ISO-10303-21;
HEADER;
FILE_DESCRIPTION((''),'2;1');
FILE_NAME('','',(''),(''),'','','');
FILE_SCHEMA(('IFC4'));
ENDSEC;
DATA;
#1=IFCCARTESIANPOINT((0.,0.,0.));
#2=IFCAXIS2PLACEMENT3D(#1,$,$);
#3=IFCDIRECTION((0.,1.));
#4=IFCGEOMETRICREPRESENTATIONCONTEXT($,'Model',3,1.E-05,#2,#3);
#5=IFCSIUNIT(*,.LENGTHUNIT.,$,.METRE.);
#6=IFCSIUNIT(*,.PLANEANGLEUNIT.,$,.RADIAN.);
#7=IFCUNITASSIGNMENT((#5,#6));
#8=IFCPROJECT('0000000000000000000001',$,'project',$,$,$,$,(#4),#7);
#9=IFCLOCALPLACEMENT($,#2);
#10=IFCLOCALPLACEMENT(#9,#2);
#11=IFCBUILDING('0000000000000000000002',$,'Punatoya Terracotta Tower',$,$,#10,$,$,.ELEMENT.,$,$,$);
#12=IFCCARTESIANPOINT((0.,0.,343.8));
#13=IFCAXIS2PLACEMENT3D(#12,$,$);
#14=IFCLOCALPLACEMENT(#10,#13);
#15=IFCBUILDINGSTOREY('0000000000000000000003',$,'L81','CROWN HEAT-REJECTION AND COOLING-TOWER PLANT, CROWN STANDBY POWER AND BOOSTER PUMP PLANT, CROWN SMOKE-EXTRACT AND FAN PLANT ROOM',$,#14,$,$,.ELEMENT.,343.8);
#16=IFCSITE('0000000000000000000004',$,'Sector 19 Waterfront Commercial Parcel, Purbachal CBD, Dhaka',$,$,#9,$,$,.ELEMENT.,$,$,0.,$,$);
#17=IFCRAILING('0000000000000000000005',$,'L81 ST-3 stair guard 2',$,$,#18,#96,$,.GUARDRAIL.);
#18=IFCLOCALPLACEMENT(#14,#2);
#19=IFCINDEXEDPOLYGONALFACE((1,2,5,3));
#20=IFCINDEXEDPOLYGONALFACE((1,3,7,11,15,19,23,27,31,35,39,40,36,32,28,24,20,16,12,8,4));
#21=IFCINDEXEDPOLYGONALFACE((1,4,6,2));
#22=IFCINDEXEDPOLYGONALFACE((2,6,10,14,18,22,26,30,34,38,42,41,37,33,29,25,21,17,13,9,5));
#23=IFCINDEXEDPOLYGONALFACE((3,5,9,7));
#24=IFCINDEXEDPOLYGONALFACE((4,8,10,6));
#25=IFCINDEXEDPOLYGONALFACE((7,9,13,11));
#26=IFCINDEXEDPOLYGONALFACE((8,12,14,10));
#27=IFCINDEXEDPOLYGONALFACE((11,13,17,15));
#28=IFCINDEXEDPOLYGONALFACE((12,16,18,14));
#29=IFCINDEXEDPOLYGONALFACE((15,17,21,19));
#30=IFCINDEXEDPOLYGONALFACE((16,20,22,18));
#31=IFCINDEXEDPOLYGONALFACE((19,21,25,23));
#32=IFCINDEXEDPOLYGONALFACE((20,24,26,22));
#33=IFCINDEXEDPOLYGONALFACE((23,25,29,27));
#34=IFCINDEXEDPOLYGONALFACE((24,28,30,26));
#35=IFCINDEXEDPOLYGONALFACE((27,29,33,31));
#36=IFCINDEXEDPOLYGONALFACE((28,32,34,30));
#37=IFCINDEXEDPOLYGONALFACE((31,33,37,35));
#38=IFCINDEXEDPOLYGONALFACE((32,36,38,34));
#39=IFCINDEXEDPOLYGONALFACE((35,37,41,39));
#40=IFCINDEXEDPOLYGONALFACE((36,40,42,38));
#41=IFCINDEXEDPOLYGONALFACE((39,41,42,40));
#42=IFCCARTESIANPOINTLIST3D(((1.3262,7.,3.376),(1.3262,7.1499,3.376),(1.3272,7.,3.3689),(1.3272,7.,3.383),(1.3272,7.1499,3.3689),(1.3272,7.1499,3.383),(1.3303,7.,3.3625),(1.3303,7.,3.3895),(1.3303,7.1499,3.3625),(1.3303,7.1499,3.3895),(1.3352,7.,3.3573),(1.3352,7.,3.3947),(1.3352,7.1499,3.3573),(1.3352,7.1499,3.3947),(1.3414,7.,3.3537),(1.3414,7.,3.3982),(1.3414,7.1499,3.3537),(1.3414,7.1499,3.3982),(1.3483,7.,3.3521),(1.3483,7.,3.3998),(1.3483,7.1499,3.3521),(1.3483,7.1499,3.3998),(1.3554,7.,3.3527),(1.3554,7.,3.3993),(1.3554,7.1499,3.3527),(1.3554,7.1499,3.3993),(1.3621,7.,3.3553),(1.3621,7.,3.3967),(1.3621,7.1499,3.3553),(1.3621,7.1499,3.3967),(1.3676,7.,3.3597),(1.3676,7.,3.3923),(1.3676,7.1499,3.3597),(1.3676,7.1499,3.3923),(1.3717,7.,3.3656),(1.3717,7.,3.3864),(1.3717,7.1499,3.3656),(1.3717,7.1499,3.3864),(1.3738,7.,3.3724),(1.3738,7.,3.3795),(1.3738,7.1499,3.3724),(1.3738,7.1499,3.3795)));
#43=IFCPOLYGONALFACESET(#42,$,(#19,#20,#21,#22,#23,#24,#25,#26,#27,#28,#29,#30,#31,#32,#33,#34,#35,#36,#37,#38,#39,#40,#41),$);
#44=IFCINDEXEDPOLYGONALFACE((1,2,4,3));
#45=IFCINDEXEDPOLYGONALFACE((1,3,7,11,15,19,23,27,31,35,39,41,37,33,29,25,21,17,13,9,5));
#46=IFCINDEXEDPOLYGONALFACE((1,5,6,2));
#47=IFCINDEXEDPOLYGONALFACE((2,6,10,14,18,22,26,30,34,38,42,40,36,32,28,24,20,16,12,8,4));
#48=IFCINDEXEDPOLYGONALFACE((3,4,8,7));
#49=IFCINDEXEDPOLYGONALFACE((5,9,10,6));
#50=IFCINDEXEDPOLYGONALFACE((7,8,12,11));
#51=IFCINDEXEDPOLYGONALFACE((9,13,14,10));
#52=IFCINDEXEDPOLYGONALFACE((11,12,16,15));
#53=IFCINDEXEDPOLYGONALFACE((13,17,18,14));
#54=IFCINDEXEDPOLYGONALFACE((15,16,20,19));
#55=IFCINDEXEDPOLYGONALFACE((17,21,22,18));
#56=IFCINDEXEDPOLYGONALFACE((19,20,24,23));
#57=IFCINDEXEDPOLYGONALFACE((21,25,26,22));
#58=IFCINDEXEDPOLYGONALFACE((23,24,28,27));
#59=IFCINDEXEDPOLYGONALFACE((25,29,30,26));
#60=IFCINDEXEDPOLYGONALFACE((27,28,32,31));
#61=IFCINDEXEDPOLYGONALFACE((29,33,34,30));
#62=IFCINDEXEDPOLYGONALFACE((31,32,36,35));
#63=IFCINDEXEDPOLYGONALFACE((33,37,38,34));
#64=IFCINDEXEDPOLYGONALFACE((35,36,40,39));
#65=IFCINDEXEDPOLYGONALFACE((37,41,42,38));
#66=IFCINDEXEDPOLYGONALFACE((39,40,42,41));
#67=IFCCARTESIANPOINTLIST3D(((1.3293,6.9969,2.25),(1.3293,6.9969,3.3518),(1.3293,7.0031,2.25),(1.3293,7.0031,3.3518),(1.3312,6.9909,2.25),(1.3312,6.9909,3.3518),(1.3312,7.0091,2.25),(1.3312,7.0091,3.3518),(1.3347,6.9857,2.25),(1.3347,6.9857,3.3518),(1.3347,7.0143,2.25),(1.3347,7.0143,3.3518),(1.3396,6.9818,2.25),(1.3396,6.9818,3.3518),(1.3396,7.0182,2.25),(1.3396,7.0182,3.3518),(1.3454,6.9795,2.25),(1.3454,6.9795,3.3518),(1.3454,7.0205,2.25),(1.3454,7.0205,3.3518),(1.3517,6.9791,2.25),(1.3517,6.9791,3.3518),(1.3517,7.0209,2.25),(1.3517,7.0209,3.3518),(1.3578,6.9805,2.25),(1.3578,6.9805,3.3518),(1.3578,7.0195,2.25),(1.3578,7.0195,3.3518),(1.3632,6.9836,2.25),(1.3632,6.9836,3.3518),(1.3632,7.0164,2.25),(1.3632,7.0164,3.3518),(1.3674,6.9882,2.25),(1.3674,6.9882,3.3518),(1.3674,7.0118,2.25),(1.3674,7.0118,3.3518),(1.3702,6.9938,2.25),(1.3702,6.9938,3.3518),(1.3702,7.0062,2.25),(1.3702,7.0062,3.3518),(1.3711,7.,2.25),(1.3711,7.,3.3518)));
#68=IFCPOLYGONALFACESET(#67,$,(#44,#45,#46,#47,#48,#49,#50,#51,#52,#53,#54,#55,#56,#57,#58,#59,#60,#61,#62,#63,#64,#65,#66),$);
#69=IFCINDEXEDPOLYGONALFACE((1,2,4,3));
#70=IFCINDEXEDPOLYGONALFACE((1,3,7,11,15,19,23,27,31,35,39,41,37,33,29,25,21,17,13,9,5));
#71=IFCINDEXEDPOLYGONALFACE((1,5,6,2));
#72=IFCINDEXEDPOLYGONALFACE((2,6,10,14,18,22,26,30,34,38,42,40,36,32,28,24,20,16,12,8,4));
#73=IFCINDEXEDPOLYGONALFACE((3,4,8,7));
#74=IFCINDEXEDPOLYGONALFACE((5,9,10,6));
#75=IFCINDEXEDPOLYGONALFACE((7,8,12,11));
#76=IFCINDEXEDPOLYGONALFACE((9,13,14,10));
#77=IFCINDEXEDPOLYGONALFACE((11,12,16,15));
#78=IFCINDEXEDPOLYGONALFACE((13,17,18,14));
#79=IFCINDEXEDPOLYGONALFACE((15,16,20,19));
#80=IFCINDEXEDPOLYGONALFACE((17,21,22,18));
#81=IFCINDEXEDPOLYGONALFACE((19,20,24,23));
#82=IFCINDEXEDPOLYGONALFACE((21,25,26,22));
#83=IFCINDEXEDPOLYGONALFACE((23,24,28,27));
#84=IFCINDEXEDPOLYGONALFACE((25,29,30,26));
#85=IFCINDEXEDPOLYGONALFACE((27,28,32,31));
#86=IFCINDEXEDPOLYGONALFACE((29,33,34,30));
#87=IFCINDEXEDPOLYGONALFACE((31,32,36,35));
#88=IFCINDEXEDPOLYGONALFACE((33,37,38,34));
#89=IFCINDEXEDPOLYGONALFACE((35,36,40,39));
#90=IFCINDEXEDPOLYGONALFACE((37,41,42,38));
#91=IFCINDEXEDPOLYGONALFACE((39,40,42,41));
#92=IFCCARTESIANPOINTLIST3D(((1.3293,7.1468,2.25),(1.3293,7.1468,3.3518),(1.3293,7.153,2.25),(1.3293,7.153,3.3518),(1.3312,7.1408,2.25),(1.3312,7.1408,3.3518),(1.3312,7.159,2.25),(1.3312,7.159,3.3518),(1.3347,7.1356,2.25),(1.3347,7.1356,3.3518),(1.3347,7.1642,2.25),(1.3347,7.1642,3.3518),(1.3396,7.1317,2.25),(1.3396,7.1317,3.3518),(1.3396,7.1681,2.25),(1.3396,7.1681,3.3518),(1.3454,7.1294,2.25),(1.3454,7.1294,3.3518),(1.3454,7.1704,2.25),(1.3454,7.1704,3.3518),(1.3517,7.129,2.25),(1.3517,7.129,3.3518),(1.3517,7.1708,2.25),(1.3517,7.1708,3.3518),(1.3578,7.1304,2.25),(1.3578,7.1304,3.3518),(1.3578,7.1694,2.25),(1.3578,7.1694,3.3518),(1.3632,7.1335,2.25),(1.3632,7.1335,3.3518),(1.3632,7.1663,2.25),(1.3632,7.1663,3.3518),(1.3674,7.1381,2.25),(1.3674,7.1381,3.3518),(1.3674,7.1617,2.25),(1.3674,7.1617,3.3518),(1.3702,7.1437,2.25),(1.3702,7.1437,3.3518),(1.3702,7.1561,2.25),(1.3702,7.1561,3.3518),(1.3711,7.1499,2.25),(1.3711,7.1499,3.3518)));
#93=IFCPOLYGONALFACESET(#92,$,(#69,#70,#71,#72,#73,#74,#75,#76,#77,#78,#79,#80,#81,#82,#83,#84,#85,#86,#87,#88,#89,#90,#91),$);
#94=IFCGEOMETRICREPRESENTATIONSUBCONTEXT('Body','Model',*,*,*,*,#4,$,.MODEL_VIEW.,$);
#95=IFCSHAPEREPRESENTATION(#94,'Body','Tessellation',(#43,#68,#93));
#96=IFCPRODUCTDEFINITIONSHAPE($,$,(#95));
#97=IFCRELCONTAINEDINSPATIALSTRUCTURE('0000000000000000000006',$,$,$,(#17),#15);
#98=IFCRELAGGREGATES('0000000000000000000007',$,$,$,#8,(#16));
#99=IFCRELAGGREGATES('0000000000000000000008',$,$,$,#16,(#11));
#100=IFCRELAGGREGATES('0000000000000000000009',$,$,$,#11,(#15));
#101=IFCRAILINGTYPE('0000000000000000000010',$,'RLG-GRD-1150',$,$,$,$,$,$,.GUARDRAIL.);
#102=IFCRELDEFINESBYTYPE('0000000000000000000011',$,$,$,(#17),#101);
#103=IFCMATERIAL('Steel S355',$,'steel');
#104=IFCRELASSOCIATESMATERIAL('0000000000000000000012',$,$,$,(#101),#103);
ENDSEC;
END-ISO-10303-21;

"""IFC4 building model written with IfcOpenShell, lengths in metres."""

from ifc_helpers import new_model, si_unit, direction, frame, origin, origin_2d, place, context, subcontext, project, spatial, circle, extrude, material, type_object, element, save


model = new_model("IFC4")

# Units and contexts
model_context = context("Model", 3, precision=1e-05, world=origin(), true_north=direction((0.0, 1.0)))
body_context = subcontext(model_context, "Body", "Model", "MODEL_VIEW")
ifc_project = project(units=[si_unit("LENGTHUNIT", "METRE"), si_unit("PLANEANGLEUNIT", "RADIAN")], contexts=[model_context])

# Site, building, storey
site_placement = place(None, origin())
site = spatial("IfcSite", under=ifc_project, at=site_placement, Name="Sector 19 Waterfront Commercial Parcel, Purbachal CBD, Dhaka", CompositionType="ELEMENT", RefElevation=0.0)
building_placement = place(site_placement, origin())
building = spatial("IfcBuilding", under=site, at=building_placement, Name="Punatoya Terracotta Tower", CompositionType="ELEMENT")
storey_placement = place(building_placement, frame((0.0, 0.0, 343.8)))
storey = spatial("IfcBuildingStorey", under=building, at=storey_placement, Name="L81", Description="CROWN HEAT-REJECTION AND COOLING-TOWER PLANT, CROWN STANDBY POWER AND BOOSTER PUMP PLANT, CROWN SMOKE-EXTRACT AND FAN PLANT ROOM", CompositionType="ELEMENT", Elevation=343.8)

# Railing
ifc_material_1 = material(Name="Steel S355", Category="steel")
railing_type_1 = type_object("IfcRailingType", Name="RLG-GRD-1150", PredefinedType="GUARDRAIL", material=ifc_material_1)
railing_1_placement = place(storey_placement, frame((1.3501, 7.0, 2.25)))
element("IfcRailing", 1, at=railing_1_placement, inside=storey, type_object=railing_type_1, Name="L81 ST-3 stair guard 2", PredefinedType="GUARDRAIL", context=body_context, shape_type="SweptSolid", body=[
    extrude(circle(Radius=0.0239, at=origin_2d()), frame((0.0, 0.0, 1.126), z_axis=(0.0, 1.0, 0.0), x_axis=(-1.0, 0.0, 0.0)), (0.0, 0.0, 1.0), 0.1499),
    extrude(circle(Radius=0.021, at=origin_2d()), origin(), (0.0, 0.0, 1.0), 1.1018),
    extrude(circle(Radius=0.021, at=origin_2d()), frame((0.0, 0.1499, 0.0)), (0.0, 0.0, 1.0), 1.1018),
])

save(model, "model.ifc")
